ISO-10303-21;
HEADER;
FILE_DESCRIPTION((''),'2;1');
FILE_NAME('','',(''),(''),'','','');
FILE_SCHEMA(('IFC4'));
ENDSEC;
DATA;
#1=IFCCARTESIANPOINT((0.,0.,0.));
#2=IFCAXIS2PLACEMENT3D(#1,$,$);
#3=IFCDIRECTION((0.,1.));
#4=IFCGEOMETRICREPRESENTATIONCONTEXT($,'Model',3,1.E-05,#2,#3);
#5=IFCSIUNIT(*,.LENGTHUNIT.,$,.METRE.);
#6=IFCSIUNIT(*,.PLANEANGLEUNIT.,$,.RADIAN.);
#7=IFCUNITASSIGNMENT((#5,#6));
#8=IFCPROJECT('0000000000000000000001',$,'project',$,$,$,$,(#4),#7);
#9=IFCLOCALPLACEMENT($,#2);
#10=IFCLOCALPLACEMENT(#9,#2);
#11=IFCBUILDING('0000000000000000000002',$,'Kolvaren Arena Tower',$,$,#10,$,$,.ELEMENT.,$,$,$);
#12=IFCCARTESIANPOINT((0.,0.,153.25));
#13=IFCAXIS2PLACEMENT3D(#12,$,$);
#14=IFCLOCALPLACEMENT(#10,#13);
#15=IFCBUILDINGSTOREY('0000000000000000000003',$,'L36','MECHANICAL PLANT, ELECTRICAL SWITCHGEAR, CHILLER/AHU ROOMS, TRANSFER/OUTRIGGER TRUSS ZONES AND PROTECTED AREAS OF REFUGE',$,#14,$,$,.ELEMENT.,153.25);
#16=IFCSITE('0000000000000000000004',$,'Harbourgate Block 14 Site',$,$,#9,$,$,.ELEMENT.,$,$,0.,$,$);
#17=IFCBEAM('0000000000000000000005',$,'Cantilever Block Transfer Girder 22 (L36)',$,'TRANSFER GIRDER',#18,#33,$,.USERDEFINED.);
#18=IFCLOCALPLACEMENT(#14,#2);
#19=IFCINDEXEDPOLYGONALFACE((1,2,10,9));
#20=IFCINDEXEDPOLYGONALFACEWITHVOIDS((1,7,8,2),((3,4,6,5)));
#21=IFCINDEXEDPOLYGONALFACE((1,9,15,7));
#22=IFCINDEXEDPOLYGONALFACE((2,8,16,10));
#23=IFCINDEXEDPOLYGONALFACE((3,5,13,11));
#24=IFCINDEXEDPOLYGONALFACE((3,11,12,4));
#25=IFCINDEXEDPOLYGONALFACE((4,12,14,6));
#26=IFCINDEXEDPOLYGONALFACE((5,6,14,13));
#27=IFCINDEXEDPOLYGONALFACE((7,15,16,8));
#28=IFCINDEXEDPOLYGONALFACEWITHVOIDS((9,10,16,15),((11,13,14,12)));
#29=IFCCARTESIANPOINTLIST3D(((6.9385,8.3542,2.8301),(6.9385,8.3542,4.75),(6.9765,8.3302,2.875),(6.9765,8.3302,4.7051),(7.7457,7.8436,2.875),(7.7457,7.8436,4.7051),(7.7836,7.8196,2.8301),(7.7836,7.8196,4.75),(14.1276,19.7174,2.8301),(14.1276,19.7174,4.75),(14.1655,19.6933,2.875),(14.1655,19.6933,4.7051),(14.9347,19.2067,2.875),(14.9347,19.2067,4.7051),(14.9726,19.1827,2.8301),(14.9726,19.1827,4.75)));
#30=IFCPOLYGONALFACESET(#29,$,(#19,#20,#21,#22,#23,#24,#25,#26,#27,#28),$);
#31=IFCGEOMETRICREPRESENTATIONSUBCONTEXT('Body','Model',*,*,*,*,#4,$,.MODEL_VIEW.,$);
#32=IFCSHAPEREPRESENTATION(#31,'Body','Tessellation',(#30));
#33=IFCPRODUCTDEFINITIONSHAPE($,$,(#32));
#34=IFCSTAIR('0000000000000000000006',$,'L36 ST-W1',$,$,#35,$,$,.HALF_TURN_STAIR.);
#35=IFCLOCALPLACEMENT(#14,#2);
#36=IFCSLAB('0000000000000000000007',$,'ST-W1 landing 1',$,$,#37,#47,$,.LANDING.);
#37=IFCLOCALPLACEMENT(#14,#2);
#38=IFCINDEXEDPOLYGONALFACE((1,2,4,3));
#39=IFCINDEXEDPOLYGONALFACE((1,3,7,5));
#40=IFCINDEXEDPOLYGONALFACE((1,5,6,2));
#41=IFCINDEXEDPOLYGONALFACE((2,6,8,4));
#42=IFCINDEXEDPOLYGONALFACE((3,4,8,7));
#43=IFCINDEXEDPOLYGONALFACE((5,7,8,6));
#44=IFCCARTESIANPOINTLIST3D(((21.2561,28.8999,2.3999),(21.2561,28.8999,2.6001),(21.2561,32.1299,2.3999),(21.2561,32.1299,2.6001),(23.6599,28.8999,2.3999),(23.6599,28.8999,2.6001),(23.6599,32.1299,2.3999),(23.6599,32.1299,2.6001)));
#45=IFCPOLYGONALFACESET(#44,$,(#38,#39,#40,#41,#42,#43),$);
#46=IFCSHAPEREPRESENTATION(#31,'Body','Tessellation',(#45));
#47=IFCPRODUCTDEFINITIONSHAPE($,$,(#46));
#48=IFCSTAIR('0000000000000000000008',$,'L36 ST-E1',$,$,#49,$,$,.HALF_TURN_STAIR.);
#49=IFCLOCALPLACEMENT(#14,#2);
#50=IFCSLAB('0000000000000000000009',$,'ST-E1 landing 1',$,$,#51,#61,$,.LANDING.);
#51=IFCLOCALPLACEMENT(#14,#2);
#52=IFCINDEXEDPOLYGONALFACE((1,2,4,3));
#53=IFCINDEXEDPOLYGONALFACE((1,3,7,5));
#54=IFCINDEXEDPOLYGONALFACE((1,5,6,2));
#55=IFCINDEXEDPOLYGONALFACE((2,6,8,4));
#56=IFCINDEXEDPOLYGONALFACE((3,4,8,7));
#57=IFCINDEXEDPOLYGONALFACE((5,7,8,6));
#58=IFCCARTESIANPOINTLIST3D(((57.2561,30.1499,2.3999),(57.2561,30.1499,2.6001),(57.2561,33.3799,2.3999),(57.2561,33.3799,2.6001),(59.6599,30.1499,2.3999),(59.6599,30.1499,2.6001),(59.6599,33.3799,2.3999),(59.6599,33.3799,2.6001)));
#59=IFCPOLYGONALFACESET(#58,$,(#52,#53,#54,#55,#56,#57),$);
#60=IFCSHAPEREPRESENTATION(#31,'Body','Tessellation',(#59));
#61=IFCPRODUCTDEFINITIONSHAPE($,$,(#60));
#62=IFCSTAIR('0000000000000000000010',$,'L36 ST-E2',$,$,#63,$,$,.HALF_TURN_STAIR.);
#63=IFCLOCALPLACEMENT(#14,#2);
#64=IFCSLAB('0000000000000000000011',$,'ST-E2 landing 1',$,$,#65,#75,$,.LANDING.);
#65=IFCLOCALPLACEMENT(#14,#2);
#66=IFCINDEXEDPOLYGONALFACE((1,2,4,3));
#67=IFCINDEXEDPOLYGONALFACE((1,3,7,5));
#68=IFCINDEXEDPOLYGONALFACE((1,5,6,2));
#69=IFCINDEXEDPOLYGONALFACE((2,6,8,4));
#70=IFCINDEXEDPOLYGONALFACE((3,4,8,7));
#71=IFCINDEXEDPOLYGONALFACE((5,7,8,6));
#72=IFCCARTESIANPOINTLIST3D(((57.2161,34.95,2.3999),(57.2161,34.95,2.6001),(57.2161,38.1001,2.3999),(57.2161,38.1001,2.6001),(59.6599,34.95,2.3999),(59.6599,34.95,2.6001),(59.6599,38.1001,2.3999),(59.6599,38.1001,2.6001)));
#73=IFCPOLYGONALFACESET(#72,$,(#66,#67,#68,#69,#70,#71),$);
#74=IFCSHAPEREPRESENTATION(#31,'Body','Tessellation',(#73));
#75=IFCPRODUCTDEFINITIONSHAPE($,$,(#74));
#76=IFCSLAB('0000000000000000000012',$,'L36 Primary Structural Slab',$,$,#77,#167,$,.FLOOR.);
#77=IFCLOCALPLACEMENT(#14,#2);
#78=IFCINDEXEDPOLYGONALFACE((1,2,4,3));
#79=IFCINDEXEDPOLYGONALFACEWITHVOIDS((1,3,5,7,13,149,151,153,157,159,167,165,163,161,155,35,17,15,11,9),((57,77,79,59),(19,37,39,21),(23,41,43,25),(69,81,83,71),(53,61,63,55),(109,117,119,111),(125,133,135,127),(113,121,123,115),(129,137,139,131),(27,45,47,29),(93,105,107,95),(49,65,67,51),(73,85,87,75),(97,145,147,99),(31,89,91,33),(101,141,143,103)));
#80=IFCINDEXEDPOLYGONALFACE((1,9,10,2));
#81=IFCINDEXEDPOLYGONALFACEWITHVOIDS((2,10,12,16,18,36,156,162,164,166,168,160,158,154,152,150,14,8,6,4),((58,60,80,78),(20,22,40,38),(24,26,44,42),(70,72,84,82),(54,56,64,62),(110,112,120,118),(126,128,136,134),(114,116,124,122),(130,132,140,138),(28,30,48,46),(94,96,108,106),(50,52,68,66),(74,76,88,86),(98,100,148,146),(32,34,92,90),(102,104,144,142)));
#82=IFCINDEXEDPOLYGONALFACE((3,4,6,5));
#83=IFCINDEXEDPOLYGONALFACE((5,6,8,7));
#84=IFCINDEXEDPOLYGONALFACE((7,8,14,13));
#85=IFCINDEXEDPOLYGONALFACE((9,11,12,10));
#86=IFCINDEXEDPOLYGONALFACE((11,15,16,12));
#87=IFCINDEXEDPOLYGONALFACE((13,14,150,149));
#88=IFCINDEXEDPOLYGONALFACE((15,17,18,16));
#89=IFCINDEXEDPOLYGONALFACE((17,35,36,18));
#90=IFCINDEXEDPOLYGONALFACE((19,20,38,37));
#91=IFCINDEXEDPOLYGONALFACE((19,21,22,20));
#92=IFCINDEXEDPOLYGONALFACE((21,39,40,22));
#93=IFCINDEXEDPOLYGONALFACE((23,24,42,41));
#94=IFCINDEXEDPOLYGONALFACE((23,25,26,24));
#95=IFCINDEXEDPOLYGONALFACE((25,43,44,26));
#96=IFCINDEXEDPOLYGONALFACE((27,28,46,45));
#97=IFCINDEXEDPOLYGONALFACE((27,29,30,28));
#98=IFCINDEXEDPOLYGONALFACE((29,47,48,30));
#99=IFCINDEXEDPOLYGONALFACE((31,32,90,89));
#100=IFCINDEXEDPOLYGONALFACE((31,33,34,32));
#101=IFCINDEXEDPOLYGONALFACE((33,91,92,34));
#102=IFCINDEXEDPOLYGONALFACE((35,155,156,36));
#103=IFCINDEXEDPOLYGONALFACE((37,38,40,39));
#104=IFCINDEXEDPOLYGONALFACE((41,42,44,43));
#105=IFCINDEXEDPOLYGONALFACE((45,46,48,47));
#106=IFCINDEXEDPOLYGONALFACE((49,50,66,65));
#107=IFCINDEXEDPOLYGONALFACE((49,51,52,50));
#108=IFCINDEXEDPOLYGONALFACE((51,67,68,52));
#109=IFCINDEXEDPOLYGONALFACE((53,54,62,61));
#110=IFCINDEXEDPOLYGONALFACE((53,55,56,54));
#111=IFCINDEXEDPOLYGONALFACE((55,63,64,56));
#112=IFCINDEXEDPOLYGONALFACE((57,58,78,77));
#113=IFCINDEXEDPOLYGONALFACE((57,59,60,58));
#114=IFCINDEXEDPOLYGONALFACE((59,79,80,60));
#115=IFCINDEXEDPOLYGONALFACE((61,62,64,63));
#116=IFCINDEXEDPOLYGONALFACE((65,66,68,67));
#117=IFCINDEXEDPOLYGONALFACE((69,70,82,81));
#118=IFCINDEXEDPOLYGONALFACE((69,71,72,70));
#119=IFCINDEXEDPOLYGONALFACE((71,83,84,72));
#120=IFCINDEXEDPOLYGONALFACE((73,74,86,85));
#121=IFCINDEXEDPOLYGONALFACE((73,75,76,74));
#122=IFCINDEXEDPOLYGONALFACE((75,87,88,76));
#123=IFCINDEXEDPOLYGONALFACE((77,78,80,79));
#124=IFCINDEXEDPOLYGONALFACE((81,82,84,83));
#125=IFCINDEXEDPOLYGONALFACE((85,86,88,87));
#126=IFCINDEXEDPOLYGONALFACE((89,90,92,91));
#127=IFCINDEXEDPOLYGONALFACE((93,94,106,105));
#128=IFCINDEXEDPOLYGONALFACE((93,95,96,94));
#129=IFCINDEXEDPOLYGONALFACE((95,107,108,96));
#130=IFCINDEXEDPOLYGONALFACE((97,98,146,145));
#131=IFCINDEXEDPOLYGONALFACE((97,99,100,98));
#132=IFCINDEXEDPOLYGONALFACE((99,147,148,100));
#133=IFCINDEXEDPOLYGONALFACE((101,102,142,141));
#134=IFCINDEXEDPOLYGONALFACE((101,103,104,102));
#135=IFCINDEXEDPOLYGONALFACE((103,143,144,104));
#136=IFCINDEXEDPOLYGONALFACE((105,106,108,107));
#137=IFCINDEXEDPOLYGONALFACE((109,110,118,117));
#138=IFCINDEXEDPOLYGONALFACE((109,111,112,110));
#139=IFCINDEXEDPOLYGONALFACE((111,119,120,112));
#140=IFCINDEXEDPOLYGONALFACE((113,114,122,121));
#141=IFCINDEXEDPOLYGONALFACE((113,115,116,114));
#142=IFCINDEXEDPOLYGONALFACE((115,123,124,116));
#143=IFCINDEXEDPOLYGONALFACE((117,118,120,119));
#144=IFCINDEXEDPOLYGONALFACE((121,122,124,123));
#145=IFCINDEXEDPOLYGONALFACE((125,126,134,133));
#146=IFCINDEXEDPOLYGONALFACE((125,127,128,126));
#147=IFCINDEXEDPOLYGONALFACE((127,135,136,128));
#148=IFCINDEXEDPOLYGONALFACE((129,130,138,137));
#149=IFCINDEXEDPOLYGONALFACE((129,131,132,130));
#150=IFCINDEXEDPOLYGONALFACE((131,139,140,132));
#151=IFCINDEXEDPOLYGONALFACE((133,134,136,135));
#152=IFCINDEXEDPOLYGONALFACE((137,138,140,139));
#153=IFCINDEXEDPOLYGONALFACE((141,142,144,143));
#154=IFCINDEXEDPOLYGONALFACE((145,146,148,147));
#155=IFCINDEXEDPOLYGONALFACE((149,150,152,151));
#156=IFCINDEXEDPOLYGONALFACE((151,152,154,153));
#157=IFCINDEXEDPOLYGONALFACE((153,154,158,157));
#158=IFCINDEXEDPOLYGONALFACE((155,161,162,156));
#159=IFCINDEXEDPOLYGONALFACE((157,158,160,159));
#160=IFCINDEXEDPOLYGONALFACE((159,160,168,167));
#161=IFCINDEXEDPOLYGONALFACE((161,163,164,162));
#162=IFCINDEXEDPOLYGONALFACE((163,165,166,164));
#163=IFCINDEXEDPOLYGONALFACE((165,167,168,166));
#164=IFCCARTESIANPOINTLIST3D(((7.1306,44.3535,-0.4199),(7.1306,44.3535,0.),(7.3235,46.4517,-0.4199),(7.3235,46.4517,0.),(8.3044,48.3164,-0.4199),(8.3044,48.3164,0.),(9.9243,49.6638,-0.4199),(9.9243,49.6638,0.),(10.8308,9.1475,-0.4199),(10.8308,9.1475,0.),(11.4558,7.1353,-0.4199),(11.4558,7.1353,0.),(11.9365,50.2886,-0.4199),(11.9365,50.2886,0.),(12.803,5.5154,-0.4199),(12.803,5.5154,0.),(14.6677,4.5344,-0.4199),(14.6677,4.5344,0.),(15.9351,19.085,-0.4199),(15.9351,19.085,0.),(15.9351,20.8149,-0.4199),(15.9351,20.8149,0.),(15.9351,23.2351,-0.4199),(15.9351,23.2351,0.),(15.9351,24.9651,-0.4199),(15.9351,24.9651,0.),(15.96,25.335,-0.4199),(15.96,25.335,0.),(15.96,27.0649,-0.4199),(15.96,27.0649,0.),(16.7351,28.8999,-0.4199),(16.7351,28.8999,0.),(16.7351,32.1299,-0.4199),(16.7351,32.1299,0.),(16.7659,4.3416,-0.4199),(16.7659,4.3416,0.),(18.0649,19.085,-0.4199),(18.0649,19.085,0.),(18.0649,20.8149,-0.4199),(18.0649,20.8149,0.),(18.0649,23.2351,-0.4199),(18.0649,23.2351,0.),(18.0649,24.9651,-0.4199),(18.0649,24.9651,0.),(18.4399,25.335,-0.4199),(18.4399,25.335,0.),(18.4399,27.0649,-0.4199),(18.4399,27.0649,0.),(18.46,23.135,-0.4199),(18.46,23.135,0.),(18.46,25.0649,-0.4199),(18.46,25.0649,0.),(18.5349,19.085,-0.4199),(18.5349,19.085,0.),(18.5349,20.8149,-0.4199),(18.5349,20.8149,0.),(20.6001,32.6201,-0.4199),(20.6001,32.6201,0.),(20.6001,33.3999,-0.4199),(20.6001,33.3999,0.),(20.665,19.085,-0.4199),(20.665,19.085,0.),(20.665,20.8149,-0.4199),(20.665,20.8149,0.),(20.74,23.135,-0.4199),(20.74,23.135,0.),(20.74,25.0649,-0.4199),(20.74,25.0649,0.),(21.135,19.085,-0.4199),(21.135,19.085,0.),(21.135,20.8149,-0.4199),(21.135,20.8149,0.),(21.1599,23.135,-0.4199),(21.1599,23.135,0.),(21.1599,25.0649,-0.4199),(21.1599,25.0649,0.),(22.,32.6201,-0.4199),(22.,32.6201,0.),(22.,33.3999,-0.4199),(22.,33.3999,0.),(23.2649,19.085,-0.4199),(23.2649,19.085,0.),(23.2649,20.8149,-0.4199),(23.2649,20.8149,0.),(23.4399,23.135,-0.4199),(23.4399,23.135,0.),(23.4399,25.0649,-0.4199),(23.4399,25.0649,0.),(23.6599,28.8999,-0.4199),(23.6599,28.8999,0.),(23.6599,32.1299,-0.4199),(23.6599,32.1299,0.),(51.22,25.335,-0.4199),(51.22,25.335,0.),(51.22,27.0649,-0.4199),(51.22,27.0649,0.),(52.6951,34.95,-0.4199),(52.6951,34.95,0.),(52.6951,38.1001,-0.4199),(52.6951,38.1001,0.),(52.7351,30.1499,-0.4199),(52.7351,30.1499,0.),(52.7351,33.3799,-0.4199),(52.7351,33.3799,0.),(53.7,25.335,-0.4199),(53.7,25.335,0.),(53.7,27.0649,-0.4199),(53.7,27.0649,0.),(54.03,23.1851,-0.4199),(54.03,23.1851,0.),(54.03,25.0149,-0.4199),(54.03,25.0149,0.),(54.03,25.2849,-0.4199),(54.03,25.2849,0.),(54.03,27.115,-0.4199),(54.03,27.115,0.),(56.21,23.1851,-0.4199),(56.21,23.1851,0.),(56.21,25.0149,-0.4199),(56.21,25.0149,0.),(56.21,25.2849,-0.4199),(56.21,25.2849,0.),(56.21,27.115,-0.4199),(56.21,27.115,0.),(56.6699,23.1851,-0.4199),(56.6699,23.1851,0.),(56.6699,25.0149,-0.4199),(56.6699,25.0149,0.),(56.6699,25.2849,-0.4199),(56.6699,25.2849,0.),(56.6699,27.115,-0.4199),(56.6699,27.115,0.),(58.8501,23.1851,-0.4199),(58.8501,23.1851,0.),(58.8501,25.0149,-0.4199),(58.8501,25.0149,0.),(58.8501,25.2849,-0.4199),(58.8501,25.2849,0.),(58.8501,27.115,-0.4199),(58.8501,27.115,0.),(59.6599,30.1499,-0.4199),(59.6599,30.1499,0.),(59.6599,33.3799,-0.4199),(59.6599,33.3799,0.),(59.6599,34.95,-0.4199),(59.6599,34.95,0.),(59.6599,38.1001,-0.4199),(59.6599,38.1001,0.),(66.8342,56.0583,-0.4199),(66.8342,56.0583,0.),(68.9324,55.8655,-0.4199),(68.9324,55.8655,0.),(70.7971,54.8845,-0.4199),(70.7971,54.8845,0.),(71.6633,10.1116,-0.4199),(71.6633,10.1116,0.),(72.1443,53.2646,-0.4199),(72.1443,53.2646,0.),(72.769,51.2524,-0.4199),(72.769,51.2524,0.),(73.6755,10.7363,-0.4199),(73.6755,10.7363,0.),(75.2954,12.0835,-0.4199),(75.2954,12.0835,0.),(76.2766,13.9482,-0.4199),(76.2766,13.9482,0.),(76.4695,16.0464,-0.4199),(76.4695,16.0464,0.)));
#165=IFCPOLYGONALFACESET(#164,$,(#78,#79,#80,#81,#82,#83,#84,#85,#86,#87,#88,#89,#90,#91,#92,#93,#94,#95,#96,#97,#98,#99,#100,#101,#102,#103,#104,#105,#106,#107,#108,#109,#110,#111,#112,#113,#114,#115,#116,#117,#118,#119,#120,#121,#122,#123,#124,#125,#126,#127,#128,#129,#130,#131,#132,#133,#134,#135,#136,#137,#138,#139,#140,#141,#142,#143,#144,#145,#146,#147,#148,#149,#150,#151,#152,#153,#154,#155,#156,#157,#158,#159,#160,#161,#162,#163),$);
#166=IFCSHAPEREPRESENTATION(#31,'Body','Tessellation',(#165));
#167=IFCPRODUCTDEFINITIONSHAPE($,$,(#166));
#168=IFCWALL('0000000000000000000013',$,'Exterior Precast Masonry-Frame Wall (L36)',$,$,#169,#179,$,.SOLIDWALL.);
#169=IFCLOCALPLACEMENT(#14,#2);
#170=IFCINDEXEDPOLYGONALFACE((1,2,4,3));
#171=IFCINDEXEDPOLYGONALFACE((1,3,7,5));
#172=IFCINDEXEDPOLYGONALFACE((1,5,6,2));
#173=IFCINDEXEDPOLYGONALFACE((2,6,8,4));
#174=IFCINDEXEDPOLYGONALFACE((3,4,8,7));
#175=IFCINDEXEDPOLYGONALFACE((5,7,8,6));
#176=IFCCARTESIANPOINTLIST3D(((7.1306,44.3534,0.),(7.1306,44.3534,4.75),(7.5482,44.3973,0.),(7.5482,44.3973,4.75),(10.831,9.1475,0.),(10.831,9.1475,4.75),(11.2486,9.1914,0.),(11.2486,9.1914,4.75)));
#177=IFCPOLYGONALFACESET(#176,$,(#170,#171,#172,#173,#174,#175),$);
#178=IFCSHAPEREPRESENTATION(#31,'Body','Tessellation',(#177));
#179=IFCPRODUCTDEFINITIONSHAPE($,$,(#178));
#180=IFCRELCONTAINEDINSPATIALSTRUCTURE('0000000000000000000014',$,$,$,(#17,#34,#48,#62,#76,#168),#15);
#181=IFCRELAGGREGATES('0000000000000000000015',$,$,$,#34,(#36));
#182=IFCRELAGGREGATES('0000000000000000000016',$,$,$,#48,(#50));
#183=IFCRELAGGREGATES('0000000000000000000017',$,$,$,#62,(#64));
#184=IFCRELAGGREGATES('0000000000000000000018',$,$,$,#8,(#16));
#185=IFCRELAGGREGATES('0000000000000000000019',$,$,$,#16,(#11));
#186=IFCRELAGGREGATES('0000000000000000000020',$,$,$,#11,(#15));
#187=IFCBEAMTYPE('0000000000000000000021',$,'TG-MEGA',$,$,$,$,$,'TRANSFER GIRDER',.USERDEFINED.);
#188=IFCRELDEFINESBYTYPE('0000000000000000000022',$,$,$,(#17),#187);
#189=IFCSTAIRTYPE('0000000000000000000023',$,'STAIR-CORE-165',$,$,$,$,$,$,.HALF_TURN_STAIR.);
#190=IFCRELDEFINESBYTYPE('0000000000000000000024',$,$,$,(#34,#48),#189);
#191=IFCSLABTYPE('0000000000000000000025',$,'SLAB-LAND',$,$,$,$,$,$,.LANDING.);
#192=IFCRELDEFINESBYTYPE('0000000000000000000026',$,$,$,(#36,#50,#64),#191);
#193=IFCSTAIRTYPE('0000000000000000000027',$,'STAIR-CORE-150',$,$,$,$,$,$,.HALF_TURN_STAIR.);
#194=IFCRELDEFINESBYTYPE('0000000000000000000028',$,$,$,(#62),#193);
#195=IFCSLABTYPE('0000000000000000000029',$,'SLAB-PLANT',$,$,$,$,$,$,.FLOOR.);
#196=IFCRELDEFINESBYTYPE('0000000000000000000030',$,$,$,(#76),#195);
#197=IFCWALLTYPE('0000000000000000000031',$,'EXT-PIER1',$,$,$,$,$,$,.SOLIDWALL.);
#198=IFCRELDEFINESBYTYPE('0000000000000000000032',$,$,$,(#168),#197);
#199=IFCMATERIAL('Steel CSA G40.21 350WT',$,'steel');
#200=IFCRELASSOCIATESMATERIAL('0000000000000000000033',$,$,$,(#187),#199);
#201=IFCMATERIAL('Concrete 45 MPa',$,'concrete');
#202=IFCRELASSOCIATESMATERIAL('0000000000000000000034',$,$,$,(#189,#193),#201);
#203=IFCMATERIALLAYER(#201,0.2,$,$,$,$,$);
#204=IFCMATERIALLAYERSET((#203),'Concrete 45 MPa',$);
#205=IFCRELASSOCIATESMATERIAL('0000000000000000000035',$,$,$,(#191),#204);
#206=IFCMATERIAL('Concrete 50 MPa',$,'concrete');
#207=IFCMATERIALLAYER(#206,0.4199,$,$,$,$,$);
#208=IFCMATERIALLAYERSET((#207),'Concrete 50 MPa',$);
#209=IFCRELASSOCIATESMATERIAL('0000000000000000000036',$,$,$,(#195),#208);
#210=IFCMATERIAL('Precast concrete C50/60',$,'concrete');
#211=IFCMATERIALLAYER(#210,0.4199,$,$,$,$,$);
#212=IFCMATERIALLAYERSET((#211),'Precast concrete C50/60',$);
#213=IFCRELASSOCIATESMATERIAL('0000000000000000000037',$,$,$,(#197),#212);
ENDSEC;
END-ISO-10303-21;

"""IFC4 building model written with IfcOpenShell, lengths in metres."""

from ifc_helpers import new_model, si_unit, direction, frame, frame_2d, origin, origin_2d, place, context, subcontext, project, spatial, polyline, rectangle, hollow_rectangle, outline, extrude, material, layer, layer_set, material_profile, profile_set, type_object, element, aggregate, save


model = new_model("IFC4")

# Units and contexts
model_context = context("Model", 3, precision=1e-05, world=origin(), true_north=direction((0.0, 1.0)))
body_context = subcontext(model_context, "Body", "Model", "MODEL_VIEW")
ifc_project = project(units=[si_unit("LENGTHUNIT", "METRE"), si_unit("PLANEANGLEUNIT", "RADIAN")], contexts=[model_context])

# Site, building, storey
site_placement = place(None, origin())
site = spatial("IfcSite", under=ifc_project, at=site_placement, Name="Harbourgate Block 14 Site", CompositionType="ELEMENT", RefElevation=0.0)
building_placement = place(site_placement, origin())
building = spatial("IfcBuilding", under=site, at=building_placement, Name="Kolvaren Arena Tower", CompositionType="ELEMENT")
storey_placement = place(building_placement, frame((0.0, 0.0, 153.25)))
storey = spatial("IfcBuildingStorey", under=building, at=storey_placement, Name="L36", Description="MECHANICAL PLANT, ELECTRICAL SWITCHGEAR, CHILLER/AHU ROOMS, TRANSFER/OUTRIGGER TRUSS ZONES AND PROTECTED AREAS OF REFUGE", CompositionType="ELEMENT", Elevation=153.25)

# Shared definitions
ifc_material_1 = material(Name="Steel CSA G40.21 350WT", Category="steel")

# Beam
ifc_material_profile_1 = material_profile(ifc_material_1, hollow_rectangle(XDim=1.0, YDim=1.9199, WallThickness=0.0449, at=origin_2d()), Name="BOX 1000x1920x45")
ifc_profile_set_1 = profile_set([ifc_material_profile_1], Name="Steel CSA G40.21 350WT")
beam_type_1 = type_object("IfcBeamType", Name="TG-MEGA", ElementType="TRANSFER GIRDER", PredefinedType="USERDEFINED", material=ifc_profile_set_1)
beam_1_placement = place(storey_placement, frame((7.3611, 8.0869, 3.79), z_axis=(0.534647, 0.845075, 0.0), x_axis=(-0.845075, 0.534647, 0.0)))
element("IfcBeam", 1, at=beam_1_placement, inside=storey, type_object=beam_type_1, Name="Cantilever Block Transfer Girder 22 (L36)", ObjectType="TRANSFER GIRDER", PredefinedType="USERDEFINED", context=body_context, shape_type="SweptSolid", body=[
    extrude(hollow_rectangle(XDim=1.0, YDim=1.9199, WallThickness=0.0449, at=origin_2d()), origin(), (0.0, 0.0, 1.0), 13.4463),
])

# Stairs, slabs
ifc_material_2 = material(Name="Concrete 45 MPa", Category="concrete")
stair_type_1 = type_object("IfcStairType", Name="STAIR-CORE-165", PredefinedType="HALF_TURN_STAIR", material=ifc_material_2)
stair_1_placement = place(storey_placement, origin())
stair_1 = element("IfcStair", 2, at=stair_1_placement, inside=storey, type_object=stair_type_1, Name="L36 ST-W1", PredefinedType="HALF_TURN_STAIR")
ifc_layer_1 = layer(ifc_material_2, 0.2)
ifc_layer_set_1 = layer_set([ifc_layer_1], Name="Concrete 45 MPa")
slab_type_1 = type_object("IfcSlabType", Name="SLAB-LAND", PredefinedType="LANDING", material=ifc_layer_set_1)
slab_1_placement = place(storey_placement, frame((0.0, 0.0, 2.3999)))
slab_1 = element("IfcSlab", 3, at=slab_1_placement, type_object=slab_type_1, Name="ST-W1 landing 1", PredefinedType="LANDING", context=body_context, shape_type="SweptSolid", body=[
    extrude(outline(polyline([(21.2561, 28.8999), (23.6599, 28.8999), (23.6599, 32.1299), (21.2561, 32.1299), (21.2561, 28.8999)])), origin(), (0.0, 0.0, 1.0), 0.2002),
])
aggregate(stair_1, [slab_1])
stair_2_placement = place(storey_placement, origin())
stair_2 = element("IfcStair", 4, at=stair_2_placement, inside=storey, type_object=stair_type_1, Name="L36 ST-E1", PredefinedType="HALF_TURN_STAIR")
slab_2_placement = place(storey_placement, frame((0.0, 0.0, 2.3999)))
slab_2 = element("IfcSlab", 5, at=slab_2_placement, type_object=slab_type_1, Name="ST-E1 landing 1", PredefinedType="LANDING", context=body_context, shape_type="SweptSolid", body=[
    extrude(outline(polyline([(57.2561, 30.1499), (59.6599, 30.1499), (59.6599, 33.3799), (57.2561, 33.3799), (57.2561, 30.1499)])), origin(), (0.0, 0.0, 1.0), 0.2002),
])
aggregate(stair_2, [slab_2])
stair_type_2 = type_object("IfcStairType", Name="STAIR-CORE-150", PredefinedType="HALF_TURN_STAIR", material=ifc_material_2)
stair_3_placement = place(storey_placement, origin())
stair_3 = element("IfcStair", 6, at=stair_3_placement, inside=storey, type_object=stair_type_2, Name="L36 ST-E2", PredefinedType="HALF_TURN_STAIR")
slab_3_placement = place(storey_placement, frame((0.0, 0.0, 2.3999)))
slab_3 = element("IfcSlab", 7, at=slab_3_placement, type_object=slab_type_1, Name="ST-E2 landing 1", PredefinedType="LANDING", context=body_context, shape_type="SweptSolid", body=[
    extrude(outline(polyline([(57.2161, 34.95), (59.6599, 34.95), (59.6599, 38.1001), (57.2161, 38.1001), (57.2161, 34.95)])), origin(), (0.0, 0.0, 1.0), 0.2002),
])
aggregate(stair_3, [slab_3])

# Slab
ifc_material_3 = material(Name="Concrete 50 MPa", Category="concrete")
ifc_layer_2 = layer(ifc_material_3, 0.4199)
ifc_layer_set_2 = layer_set([ifc_layer_2], Name="Concrete 50 MPa")
slab_type_2 = type_object("IfcSlabType", Name="SLAB-PLANT", PredefinedType="FLOOR", material=ifc_layer_set_2)
slab_4_placement = place(storey_placement, frame((0.0, 0.0, -0.4199)))
element("IfcSlab", 8, at=slab_4_placement, inside=storey, type_object=slab_type_2, Name="L36 Primary Structural Slab", PredefinedType="FLOOR", context=body_context, shape_type="SweptSolid", body=[
    extrude(outline(polyline([(71.6633, 10.1116), (73.6755, 10.7363), (75.2954, 12.0835), (76.2766, 13.9482), (76.4695, 16.0464), (72.769, 51.2524), (72.1443, 53.2646), (70.7971, 54.8845), (68.9324, 55.8655), (66.8342, 56.0583), (11.9365, 50.2886), (9.9243, 49.6638), (8.3044, 48.3164), (7.3235, 46.4517), (7.1306, 44.3535), (10.8308, 9.1475), (11.4558, 7.1353), (12.803, 5.5154), (14.6677, 4.5344), (16.7659, 4.3416), (71.6633, 10.1116)]), holes=[polyline([(15.9351, 19.085), (15.9351, 20.8149), (18.0649, 20.8149), (18.0649, 19.085), (15.9351, 19.085)]), polyline([(18.5349, 19.085), (18.5349, 20.8149), (20.665, 20.8149), (20.665, 19.085), (18.5349, 19.085)]), polyline([(21.135, 19.085), (21.135, 20.8149), (23.2649, 20.8149), (23.2649, 19.085), (21.135, 19.085)]), polyline([(18.46, 23.135), (18.46, 25.0649), (20.74, 25.0649), (20.74, 23.135), (18.46, 23.135)]), polyline([(21.1599, 23.135), (21.1599, 25.0649), (23.4399, 25.0649), (23.4399, 23.135), (21.1599, 23.135)]), polyline([(54.03, 23.1851), (54.03, 25.0149), (56.21, 25.0149), (56.21, 23.1851), (54.03, 23.1851)]), polyline([(56.6699, 23.1851), (56.6699, 25.0149), (58.8501, 25.0149), (58.8501, 23.1851), (56.6699, 23.1851)]), polyline([(15.9351, 23.2351), (15.9351, 24.9651), (18.0649, 24.9651), (18.0649, 23.2351), (15.9351, 23.2351)]), polyline([(54.03, 25.2849), (54.03, 27.115), (56.21, 27.115), (56.21, 25.2849), (54.03, 25.2849)]), polyline([(56.6699, 25.2849), (56.6699, 27.115), (58.8501, 27.115), (58.8501, 25.2849), (56.6699, 25.2849)]), polyline([(15.96, 25.335), (15.96, 27.0649), (18.4399, 27.0649), (18.4399, 25.335), (15.96, 25.335)]), polyline([(51.22, 25.335), (51.22, 27.0649), (53.7, 27.0649), (53.7, 25.335), (51.22, 25.335)]), polyline([(16.7351, 28.8999), (16.7351, 32.1299), (23.6599, 32.1299), (23.6599, 28.8999), (16.7351, 28.8999)]), polyline([(52.7351, 30.1499), (52.7351, 33.3799), (59.6599, 33.3799), (59.6599, 30.1499), (52.7351, 30.1499)]), polyline([(20.6001, 32.6201), (20.6001, 33.3999), (22.0, 33.3999), (22.0, 32.6201), (20.6001, 32.6201)]), polyline([(52.6951, 34.95), (52.6951, 38.1001), (59.6599, 38.1001), (59.6599, 34.95), (52.6951, 34.95)])]), origin(), (0.0, 0.0, 1.0), 0.4199),
])

# Wall
ifc_material_4 = material(Name="Precast concrete C50/60", Category="concrete")
ifc_layer_3 = layer(ifc_material_4, 0.4199)
ifc_layer_set_3 = layer_set([ifc_layer_3], Name="Precast concrete C50/60")
wall_type_1 = type_object("IfcWallType", Name="EXT-PIER1", PredefinedType="SOLIDWALL", material=ifc_layer_set_3)
wall_1_placement = place(storey_placement, frame((11.0398, 9.1694, 0.0), z_axis=(0.0, 0.0, 1.0), x_axis=(-0.104532, 0.994522, 0.0)))
element("IfcWall", 9, at=wall_1_placement, inside=storey, type_object=wall_type_1, Name="Exterior Precast Masonry-Frame Wall (L36)", PredefinedType="SOLIDWALL", context=body_context, shape_type="SweptSolid", body=[
    extrude(rectangle(XDim=35.3999, YDim=0.4199, at=frame_2d((17.7, 0.0))), origin(), (0.0, 0.0, 1.0), 4.75),
])

save(model, "model.ifc")
